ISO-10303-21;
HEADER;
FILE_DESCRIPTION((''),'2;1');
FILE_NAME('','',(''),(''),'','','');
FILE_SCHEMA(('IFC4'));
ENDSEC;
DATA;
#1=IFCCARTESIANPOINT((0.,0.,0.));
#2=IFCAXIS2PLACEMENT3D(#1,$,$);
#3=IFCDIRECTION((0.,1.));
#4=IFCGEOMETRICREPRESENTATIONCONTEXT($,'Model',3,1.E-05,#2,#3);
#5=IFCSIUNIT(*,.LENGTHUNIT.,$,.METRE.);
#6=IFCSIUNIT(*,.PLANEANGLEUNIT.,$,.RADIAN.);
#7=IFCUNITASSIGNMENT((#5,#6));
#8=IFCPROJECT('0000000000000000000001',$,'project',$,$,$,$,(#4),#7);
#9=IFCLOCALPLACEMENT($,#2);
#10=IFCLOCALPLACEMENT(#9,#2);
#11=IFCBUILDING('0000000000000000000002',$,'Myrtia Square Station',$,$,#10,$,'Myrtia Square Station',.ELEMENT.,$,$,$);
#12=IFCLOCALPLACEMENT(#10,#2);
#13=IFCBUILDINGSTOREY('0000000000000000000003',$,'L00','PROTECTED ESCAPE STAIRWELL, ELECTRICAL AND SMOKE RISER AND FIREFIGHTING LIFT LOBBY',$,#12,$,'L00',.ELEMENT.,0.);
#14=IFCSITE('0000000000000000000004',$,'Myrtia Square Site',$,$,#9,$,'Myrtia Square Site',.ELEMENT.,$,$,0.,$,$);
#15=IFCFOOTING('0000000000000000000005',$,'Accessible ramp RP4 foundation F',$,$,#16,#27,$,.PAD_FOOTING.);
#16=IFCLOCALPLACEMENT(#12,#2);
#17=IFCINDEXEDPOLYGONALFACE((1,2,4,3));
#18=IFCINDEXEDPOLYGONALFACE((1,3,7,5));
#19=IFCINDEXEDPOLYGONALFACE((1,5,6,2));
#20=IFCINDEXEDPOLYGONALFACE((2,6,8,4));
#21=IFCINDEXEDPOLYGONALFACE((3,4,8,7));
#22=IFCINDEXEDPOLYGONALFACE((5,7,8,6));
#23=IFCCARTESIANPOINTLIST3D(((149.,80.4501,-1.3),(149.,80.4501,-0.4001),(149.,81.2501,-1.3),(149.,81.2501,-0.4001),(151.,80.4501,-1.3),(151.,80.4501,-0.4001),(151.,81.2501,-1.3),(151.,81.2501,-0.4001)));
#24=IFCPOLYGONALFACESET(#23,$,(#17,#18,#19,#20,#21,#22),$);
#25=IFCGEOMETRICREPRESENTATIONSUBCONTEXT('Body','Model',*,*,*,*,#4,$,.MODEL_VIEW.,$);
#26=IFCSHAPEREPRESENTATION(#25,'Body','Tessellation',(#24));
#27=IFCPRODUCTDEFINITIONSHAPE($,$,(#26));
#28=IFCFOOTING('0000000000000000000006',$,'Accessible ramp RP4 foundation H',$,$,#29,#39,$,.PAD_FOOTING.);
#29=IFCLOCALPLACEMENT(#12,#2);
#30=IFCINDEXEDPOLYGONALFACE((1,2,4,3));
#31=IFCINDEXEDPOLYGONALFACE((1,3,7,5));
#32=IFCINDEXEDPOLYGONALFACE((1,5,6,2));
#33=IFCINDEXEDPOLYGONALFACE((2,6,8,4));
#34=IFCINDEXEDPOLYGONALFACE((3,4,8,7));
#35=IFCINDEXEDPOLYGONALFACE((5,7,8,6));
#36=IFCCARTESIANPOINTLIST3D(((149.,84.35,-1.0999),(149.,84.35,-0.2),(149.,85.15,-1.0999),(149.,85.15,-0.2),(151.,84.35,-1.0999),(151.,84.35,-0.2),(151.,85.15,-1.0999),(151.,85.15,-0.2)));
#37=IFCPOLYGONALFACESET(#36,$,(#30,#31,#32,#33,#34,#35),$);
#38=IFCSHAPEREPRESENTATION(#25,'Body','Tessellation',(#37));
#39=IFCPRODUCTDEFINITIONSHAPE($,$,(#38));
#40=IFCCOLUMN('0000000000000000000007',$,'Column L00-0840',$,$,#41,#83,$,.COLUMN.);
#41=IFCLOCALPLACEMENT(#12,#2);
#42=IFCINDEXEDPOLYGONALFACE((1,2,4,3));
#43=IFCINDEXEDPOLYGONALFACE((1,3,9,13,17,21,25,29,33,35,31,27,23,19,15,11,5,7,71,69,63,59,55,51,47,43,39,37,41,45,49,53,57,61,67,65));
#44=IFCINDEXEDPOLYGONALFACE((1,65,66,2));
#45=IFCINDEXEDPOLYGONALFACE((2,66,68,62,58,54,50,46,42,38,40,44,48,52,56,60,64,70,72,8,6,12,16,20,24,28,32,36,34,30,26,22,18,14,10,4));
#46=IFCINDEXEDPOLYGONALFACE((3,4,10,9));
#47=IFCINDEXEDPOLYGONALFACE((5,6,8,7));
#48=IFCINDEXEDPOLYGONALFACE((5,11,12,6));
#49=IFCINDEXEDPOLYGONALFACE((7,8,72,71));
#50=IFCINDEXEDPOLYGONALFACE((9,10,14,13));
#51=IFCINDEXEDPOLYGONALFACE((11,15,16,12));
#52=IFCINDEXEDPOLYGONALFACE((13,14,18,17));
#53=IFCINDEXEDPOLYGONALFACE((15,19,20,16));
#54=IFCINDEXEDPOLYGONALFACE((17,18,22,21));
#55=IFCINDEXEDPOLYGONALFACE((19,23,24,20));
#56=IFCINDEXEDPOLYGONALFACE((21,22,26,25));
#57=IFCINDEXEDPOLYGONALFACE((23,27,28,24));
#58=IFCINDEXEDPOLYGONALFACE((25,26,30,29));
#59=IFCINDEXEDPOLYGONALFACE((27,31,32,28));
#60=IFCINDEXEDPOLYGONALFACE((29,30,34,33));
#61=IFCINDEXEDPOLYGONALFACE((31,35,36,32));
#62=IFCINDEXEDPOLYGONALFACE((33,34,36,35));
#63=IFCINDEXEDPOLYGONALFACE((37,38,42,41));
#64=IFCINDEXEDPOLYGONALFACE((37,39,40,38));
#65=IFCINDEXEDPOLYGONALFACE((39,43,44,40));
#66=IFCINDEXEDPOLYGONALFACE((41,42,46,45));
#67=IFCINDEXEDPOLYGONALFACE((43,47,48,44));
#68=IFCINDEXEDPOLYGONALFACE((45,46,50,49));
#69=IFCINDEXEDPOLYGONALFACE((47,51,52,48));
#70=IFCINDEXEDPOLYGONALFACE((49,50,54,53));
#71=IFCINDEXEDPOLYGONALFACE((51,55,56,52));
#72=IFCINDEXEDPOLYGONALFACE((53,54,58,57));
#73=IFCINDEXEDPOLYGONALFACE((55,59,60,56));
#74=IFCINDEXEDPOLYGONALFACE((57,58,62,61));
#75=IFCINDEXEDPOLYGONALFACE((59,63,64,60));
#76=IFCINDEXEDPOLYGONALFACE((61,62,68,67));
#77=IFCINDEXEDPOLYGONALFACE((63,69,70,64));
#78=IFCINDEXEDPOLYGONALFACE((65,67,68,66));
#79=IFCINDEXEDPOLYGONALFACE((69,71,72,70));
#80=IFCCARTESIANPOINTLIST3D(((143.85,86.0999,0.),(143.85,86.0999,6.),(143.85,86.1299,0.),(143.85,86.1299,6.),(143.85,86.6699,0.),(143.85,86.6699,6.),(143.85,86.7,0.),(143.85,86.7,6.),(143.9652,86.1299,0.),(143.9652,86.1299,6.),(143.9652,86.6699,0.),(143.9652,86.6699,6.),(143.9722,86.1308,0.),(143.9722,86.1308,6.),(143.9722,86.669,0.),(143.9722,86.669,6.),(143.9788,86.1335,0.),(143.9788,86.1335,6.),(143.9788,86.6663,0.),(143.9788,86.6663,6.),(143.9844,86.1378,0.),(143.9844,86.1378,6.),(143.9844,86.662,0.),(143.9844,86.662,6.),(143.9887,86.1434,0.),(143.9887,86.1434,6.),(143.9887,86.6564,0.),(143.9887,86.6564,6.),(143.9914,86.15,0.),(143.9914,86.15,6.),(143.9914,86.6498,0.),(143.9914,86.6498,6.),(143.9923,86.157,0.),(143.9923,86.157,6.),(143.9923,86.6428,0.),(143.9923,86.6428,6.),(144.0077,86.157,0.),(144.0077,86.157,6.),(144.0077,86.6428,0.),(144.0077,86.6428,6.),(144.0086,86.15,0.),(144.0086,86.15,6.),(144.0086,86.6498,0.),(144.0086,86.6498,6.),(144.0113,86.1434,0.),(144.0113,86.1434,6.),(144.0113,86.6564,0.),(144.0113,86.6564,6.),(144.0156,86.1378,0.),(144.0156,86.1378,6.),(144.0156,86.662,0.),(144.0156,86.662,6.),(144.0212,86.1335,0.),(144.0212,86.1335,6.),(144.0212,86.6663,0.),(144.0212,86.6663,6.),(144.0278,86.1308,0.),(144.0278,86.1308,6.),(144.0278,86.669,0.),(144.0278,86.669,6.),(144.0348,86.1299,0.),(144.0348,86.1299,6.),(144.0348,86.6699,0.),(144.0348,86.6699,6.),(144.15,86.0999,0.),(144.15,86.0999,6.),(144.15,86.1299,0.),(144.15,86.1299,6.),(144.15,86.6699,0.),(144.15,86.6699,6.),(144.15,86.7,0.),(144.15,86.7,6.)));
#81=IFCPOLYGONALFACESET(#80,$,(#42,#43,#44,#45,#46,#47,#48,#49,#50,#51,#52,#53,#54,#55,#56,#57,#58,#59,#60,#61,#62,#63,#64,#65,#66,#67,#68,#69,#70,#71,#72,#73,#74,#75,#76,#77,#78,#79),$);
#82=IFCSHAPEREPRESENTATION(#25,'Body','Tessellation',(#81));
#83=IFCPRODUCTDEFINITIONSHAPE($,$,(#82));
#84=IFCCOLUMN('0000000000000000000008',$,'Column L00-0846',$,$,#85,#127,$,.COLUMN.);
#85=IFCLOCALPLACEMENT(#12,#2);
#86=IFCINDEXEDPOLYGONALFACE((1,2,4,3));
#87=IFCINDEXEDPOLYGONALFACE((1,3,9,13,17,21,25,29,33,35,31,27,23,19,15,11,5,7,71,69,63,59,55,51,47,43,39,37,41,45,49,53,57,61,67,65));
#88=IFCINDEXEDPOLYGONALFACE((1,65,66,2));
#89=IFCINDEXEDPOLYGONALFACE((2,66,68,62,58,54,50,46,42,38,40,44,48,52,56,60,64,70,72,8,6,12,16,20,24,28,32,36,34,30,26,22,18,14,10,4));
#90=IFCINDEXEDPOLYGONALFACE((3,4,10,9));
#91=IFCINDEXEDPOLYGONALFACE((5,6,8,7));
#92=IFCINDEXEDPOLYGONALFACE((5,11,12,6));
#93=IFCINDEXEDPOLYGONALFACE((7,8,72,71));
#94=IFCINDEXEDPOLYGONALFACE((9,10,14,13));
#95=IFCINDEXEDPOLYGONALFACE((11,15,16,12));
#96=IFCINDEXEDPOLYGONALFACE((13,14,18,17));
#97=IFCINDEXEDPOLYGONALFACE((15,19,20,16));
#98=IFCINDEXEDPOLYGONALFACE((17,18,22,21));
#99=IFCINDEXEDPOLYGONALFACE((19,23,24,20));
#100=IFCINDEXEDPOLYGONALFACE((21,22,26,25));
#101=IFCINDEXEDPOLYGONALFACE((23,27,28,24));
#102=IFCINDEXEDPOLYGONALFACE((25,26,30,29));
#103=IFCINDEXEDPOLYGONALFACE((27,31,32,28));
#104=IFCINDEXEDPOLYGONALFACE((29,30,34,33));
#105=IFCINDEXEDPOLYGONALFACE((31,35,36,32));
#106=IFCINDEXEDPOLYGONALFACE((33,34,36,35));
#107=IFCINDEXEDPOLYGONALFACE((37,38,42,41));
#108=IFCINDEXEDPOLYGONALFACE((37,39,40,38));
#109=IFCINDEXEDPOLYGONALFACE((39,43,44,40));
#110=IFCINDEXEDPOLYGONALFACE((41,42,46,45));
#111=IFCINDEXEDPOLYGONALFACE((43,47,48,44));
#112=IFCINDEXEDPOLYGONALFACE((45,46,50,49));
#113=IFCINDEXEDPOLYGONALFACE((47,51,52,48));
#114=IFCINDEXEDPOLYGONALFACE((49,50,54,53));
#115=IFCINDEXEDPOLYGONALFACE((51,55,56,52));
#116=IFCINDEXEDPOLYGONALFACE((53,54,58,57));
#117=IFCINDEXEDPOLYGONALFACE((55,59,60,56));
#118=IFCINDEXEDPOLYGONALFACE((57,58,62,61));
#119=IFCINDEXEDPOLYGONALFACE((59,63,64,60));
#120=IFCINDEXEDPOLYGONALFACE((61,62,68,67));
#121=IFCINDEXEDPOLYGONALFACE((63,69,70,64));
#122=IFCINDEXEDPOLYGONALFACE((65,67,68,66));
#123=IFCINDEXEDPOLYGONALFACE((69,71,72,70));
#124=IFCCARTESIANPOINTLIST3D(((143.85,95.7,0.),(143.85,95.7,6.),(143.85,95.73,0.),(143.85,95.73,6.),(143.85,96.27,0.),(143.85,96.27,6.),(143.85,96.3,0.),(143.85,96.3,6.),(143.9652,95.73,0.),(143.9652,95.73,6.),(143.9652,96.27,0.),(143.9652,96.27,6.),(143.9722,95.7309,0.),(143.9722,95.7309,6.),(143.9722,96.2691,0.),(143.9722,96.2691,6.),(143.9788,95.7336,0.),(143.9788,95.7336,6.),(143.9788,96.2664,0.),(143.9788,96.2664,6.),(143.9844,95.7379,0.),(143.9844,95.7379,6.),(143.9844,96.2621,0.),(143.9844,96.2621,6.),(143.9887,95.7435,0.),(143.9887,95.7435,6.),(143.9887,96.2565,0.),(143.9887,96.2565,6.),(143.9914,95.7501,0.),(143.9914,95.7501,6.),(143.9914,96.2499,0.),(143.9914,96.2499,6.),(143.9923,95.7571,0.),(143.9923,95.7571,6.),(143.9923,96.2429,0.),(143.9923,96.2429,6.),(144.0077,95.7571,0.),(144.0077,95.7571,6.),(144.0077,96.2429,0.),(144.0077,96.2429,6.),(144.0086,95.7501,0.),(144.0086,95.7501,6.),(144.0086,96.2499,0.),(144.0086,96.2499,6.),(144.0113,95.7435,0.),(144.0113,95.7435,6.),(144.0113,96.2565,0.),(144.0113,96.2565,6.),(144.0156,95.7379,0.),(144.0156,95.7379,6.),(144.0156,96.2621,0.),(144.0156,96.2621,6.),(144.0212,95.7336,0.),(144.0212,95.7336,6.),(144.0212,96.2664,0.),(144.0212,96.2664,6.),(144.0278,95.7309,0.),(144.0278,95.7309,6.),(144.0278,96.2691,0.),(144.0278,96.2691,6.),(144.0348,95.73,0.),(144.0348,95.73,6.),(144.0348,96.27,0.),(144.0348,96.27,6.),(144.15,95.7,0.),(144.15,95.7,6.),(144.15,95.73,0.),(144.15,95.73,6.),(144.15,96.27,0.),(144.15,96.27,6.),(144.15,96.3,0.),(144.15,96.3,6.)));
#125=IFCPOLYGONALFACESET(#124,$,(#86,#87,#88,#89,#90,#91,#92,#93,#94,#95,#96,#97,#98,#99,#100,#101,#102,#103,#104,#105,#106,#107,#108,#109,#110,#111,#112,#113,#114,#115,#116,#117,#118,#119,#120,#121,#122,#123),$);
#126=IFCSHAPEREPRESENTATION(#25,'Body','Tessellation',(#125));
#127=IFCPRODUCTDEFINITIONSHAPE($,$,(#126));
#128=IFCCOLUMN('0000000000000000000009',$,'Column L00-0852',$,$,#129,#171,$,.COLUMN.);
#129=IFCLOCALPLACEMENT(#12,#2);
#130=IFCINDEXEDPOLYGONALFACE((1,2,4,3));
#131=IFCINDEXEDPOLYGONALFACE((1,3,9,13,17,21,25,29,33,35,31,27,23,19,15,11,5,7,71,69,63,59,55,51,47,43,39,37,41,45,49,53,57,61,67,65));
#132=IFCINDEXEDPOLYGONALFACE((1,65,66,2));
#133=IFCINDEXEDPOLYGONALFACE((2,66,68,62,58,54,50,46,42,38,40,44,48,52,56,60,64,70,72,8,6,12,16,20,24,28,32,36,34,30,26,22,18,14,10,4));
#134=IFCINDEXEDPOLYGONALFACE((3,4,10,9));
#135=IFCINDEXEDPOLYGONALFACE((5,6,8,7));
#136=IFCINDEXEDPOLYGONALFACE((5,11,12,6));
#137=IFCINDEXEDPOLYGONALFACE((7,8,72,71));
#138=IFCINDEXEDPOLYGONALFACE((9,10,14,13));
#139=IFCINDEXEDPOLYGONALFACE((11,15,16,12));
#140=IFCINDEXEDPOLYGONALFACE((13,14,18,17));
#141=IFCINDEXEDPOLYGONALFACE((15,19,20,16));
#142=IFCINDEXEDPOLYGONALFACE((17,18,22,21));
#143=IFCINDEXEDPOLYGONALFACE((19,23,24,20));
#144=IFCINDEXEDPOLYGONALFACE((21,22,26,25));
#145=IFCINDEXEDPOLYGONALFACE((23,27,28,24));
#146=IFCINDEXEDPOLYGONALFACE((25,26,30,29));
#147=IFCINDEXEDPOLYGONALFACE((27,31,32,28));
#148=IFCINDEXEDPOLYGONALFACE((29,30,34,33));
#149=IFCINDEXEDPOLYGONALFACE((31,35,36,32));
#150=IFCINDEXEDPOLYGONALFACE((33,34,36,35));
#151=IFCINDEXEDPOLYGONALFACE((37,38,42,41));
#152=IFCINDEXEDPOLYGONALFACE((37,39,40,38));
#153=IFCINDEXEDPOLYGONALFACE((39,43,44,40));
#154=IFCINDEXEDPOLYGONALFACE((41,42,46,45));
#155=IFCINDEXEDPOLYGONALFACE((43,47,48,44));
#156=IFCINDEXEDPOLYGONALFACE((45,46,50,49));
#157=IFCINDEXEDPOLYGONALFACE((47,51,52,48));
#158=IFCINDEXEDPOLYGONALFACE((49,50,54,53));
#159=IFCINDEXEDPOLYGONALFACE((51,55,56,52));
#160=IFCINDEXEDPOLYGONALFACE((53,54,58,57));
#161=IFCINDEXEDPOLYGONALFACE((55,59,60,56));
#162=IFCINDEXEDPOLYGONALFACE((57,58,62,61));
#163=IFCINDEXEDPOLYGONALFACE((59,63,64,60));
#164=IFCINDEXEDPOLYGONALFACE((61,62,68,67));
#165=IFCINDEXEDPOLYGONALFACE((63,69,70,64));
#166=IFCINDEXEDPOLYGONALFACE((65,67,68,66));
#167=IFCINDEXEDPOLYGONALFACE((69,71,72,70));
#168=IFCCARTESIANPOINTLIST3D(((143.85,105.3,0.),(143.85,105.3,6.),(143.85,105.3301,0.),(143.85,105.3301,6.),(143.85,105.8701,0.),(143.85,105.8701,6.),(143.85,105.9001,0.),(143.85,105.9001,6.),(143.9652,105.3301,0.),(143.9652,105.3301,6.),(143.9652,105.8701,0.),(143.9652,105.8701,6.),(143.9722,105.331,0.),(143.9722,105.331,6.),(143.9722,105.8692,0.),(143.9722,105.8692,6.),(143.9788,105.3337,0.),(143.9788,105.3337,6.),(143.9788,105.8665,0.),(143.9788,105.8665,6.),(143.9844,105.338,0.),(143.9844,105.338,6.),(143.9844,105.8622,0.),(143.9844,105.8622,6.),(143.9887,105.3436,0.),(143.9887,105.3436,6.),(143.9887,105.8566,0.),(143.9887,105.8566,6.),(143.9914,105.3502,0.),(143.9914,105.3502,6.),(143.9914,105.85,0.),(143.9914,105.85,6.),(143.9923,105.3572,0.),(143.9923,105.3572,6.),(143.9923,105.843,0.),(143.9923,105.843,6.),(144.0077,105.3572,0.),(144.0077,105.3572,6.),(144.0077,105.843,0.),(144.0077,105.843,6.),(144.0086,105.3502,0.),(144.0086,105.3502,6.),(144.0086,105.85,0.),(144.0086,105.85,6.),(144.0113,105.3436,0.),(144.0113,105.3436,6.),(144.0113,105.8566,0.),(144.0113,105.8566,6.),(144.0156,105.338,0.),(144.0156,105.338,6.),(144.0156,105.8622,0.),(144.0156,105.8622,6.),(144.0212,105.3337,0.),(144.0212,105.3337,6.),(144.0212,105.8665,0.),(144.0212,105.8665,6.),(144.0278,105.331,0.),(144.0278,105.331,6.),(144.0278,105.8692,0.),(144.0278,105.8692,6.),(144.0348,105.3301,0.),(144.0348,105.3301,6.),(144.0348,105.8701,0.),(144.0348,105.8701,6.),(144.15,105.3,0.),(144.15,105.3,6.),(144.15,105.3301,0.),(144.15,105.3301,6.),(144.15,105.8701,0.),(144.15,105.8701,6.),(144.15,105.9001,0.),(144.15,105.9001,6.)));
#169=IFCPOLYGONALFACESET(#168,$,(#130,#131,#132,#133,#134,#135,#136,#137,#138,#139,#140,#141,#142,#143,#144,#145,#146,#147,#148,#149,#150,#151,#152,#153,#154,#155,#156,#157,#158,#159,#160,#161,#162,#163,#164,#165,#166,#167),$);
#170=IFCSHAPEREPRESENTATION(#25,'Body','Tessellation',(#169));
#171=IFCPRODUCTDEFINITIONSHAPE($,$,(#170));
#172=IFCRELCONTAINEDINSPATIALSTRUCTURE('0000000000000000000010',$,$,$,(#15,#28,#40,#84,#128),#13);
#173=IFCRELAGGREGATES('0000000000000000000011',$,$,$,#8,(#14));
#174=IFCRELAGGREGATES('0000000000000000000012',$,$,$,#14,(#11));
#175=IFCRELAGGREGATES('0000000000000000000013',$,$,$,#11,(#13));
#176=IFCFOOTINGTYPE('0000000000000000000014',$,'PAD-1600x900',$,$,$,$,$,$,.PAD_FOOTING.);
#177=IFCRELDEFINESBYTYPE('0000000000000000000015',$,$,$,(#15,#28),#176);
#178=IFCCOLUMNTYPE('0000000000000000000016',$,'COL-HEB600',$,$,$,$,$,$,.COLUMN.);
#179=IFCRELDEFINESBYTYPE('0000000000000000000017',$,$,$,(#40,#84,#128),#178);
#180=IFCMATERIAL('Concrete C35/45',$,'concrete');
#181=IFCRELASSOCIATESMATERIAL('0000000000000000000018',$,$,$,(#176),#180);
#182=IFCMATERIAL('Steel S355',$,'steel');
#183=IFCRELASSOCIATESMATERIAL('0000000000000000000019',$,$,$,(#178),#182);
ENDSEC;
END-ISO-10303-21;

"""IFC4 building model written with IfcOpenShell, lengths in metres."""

from ifc_helpers import new_model, si_unit, direction, frame, origin, origin_2d, place, context, subcontext, project, spatial, rectangle, i_section, extrude, material, material_profile, profile_set, type_object, element, save


model = new_model("IFC4")

# Units and contexts
model_context = context("Model", 3, precision=1e-05, world=origin(), true_north=direction((0.0, 1.0)))
body_context = subcontext(model_context, "Body", "Model", "MODEL_VIEW")
ifc_project = project(units=[si_unit("LENGTHUNIT", "METRE"), si_unit("PLANEANGLEUNIT", "RADIAN")], contexts=[model_context])

# Site, building, storey
site_placement = place(None, origin())
site = spatial("IfcSite", under=ifc_project, at=site_placement, Name="Myrtia Square Site", LongName="Myrtia Square Site", CompositionType="ELEMENT", RefElevation=0.0)
building_placement = place(site_placement, origin())
building = spatial("IfcBuilding", under=site, at=building_placement, Name="Myrtia Square Station", LongName="Myrtia Square Station", CompositionType="ELEMENT")
storey_placement = place(building_placement, origin())
storey = spatial("IfcBuildingStorey", under=building, at=storey_placement, Name="L00", Description="PROTECTED ESCAPE STAIRWELL, ELECTRICAL AND SMOKE RISER AND FIREFIGHTING LIFT LOBBY", LongName="L00", CompositionType="ELEMENT", Elevation=0.0)

# Footings
ifc_material_1 = material(Name="Concrete C35/45", Category="concrete")
footing_type = type_object("IfcFootingType", Name="PAD-1600x900", PredefinedType="PAD_FOOTING", material=ifc_material_1)
for number, where, z_axis, x_axis, name in (
    (1, (150.0, 80.8501, -1.3), (0.0, 0.0, 1.0), (0.0, 1.0, 0.0), "Accessible ramp RP4 foundation F"),
    (2, (150.0, 84.75, -1.0999), (0.0, 0.0, 1.0), (0.0, 1.0, 0.0), "Accessible ramp RP4 foundation H"),
):
    element("IfcFooting", number, at=place(storey_placement, frame(where, z_axis=z_axis, x_axis=x_axis)), inside=storey, type_object=footing_type, Name=name, PredefinedType="PAD_FOOTING", context=body_context, shape_type="SweptSolid", body=[
        extrude(rectangle(XDim=0.8, YDim=2.0, at=origin_2d()), origin(), (0.0, 0.0, 1.0), 0.8999),
    ])

# Columns
ifc_material_2 = material(Name="Steel S355", Category="steel")
ifc_material_profile_1 = material_profile(ifc_material_2, i_section(OverallWidth=0.3, OverallDepth=0.6001, WebThickness=0.0154, FlangeThickness=0.03, FilletRadius=0.0271, at=origin_2d()), Name="HEB 600")
ifc_profile_set_1 = profile_set([ifc_material_profile_1], Name="Steel S355")
column_type_1 = type_object("IfcColumnType", Name="COL-HEB600", PredefinedType="COLUMN", material=ifc_profile_set_1)
for number, where, z_axis, x_axis, name in (
    (3, (144.0, 86.3999, 0.0), (0.0, 0.0, 1.0), (1.0, 0.0, 0.0), "Column L00-0840"),
    (4, (144.0, 96.0, 0.0), (0.0, 0.0, 1.0), (1.0, 0.0, 0.0), "Column L00-0846"),
    (5, (144.0, 105.6001, 0.0), (0.0, 0.0, 1.0), (1.0, 0.0, 0.0), "Column L00-0852"),
):
    element("IfcColumn", number, at=place(storey_placement, frame(where, z_axis=z_axis, x_axis=x_axis)), inside=storey, type_object=column_type_1, Name=name, PredefinedType="COLUMN", context=body_context, shape_type="SweptSolid", body=[
        extrude(i_section(OverallWidth=0.3, OverallDepth=0.6001, WebThickness=0.0154, FlangeThickness=0.03, FilletRadius=0.0271, at=origin_2d()), origin(), (0.0, 0.0, 1.0), 6.0),
    ])

save(model, "model.ifc")
